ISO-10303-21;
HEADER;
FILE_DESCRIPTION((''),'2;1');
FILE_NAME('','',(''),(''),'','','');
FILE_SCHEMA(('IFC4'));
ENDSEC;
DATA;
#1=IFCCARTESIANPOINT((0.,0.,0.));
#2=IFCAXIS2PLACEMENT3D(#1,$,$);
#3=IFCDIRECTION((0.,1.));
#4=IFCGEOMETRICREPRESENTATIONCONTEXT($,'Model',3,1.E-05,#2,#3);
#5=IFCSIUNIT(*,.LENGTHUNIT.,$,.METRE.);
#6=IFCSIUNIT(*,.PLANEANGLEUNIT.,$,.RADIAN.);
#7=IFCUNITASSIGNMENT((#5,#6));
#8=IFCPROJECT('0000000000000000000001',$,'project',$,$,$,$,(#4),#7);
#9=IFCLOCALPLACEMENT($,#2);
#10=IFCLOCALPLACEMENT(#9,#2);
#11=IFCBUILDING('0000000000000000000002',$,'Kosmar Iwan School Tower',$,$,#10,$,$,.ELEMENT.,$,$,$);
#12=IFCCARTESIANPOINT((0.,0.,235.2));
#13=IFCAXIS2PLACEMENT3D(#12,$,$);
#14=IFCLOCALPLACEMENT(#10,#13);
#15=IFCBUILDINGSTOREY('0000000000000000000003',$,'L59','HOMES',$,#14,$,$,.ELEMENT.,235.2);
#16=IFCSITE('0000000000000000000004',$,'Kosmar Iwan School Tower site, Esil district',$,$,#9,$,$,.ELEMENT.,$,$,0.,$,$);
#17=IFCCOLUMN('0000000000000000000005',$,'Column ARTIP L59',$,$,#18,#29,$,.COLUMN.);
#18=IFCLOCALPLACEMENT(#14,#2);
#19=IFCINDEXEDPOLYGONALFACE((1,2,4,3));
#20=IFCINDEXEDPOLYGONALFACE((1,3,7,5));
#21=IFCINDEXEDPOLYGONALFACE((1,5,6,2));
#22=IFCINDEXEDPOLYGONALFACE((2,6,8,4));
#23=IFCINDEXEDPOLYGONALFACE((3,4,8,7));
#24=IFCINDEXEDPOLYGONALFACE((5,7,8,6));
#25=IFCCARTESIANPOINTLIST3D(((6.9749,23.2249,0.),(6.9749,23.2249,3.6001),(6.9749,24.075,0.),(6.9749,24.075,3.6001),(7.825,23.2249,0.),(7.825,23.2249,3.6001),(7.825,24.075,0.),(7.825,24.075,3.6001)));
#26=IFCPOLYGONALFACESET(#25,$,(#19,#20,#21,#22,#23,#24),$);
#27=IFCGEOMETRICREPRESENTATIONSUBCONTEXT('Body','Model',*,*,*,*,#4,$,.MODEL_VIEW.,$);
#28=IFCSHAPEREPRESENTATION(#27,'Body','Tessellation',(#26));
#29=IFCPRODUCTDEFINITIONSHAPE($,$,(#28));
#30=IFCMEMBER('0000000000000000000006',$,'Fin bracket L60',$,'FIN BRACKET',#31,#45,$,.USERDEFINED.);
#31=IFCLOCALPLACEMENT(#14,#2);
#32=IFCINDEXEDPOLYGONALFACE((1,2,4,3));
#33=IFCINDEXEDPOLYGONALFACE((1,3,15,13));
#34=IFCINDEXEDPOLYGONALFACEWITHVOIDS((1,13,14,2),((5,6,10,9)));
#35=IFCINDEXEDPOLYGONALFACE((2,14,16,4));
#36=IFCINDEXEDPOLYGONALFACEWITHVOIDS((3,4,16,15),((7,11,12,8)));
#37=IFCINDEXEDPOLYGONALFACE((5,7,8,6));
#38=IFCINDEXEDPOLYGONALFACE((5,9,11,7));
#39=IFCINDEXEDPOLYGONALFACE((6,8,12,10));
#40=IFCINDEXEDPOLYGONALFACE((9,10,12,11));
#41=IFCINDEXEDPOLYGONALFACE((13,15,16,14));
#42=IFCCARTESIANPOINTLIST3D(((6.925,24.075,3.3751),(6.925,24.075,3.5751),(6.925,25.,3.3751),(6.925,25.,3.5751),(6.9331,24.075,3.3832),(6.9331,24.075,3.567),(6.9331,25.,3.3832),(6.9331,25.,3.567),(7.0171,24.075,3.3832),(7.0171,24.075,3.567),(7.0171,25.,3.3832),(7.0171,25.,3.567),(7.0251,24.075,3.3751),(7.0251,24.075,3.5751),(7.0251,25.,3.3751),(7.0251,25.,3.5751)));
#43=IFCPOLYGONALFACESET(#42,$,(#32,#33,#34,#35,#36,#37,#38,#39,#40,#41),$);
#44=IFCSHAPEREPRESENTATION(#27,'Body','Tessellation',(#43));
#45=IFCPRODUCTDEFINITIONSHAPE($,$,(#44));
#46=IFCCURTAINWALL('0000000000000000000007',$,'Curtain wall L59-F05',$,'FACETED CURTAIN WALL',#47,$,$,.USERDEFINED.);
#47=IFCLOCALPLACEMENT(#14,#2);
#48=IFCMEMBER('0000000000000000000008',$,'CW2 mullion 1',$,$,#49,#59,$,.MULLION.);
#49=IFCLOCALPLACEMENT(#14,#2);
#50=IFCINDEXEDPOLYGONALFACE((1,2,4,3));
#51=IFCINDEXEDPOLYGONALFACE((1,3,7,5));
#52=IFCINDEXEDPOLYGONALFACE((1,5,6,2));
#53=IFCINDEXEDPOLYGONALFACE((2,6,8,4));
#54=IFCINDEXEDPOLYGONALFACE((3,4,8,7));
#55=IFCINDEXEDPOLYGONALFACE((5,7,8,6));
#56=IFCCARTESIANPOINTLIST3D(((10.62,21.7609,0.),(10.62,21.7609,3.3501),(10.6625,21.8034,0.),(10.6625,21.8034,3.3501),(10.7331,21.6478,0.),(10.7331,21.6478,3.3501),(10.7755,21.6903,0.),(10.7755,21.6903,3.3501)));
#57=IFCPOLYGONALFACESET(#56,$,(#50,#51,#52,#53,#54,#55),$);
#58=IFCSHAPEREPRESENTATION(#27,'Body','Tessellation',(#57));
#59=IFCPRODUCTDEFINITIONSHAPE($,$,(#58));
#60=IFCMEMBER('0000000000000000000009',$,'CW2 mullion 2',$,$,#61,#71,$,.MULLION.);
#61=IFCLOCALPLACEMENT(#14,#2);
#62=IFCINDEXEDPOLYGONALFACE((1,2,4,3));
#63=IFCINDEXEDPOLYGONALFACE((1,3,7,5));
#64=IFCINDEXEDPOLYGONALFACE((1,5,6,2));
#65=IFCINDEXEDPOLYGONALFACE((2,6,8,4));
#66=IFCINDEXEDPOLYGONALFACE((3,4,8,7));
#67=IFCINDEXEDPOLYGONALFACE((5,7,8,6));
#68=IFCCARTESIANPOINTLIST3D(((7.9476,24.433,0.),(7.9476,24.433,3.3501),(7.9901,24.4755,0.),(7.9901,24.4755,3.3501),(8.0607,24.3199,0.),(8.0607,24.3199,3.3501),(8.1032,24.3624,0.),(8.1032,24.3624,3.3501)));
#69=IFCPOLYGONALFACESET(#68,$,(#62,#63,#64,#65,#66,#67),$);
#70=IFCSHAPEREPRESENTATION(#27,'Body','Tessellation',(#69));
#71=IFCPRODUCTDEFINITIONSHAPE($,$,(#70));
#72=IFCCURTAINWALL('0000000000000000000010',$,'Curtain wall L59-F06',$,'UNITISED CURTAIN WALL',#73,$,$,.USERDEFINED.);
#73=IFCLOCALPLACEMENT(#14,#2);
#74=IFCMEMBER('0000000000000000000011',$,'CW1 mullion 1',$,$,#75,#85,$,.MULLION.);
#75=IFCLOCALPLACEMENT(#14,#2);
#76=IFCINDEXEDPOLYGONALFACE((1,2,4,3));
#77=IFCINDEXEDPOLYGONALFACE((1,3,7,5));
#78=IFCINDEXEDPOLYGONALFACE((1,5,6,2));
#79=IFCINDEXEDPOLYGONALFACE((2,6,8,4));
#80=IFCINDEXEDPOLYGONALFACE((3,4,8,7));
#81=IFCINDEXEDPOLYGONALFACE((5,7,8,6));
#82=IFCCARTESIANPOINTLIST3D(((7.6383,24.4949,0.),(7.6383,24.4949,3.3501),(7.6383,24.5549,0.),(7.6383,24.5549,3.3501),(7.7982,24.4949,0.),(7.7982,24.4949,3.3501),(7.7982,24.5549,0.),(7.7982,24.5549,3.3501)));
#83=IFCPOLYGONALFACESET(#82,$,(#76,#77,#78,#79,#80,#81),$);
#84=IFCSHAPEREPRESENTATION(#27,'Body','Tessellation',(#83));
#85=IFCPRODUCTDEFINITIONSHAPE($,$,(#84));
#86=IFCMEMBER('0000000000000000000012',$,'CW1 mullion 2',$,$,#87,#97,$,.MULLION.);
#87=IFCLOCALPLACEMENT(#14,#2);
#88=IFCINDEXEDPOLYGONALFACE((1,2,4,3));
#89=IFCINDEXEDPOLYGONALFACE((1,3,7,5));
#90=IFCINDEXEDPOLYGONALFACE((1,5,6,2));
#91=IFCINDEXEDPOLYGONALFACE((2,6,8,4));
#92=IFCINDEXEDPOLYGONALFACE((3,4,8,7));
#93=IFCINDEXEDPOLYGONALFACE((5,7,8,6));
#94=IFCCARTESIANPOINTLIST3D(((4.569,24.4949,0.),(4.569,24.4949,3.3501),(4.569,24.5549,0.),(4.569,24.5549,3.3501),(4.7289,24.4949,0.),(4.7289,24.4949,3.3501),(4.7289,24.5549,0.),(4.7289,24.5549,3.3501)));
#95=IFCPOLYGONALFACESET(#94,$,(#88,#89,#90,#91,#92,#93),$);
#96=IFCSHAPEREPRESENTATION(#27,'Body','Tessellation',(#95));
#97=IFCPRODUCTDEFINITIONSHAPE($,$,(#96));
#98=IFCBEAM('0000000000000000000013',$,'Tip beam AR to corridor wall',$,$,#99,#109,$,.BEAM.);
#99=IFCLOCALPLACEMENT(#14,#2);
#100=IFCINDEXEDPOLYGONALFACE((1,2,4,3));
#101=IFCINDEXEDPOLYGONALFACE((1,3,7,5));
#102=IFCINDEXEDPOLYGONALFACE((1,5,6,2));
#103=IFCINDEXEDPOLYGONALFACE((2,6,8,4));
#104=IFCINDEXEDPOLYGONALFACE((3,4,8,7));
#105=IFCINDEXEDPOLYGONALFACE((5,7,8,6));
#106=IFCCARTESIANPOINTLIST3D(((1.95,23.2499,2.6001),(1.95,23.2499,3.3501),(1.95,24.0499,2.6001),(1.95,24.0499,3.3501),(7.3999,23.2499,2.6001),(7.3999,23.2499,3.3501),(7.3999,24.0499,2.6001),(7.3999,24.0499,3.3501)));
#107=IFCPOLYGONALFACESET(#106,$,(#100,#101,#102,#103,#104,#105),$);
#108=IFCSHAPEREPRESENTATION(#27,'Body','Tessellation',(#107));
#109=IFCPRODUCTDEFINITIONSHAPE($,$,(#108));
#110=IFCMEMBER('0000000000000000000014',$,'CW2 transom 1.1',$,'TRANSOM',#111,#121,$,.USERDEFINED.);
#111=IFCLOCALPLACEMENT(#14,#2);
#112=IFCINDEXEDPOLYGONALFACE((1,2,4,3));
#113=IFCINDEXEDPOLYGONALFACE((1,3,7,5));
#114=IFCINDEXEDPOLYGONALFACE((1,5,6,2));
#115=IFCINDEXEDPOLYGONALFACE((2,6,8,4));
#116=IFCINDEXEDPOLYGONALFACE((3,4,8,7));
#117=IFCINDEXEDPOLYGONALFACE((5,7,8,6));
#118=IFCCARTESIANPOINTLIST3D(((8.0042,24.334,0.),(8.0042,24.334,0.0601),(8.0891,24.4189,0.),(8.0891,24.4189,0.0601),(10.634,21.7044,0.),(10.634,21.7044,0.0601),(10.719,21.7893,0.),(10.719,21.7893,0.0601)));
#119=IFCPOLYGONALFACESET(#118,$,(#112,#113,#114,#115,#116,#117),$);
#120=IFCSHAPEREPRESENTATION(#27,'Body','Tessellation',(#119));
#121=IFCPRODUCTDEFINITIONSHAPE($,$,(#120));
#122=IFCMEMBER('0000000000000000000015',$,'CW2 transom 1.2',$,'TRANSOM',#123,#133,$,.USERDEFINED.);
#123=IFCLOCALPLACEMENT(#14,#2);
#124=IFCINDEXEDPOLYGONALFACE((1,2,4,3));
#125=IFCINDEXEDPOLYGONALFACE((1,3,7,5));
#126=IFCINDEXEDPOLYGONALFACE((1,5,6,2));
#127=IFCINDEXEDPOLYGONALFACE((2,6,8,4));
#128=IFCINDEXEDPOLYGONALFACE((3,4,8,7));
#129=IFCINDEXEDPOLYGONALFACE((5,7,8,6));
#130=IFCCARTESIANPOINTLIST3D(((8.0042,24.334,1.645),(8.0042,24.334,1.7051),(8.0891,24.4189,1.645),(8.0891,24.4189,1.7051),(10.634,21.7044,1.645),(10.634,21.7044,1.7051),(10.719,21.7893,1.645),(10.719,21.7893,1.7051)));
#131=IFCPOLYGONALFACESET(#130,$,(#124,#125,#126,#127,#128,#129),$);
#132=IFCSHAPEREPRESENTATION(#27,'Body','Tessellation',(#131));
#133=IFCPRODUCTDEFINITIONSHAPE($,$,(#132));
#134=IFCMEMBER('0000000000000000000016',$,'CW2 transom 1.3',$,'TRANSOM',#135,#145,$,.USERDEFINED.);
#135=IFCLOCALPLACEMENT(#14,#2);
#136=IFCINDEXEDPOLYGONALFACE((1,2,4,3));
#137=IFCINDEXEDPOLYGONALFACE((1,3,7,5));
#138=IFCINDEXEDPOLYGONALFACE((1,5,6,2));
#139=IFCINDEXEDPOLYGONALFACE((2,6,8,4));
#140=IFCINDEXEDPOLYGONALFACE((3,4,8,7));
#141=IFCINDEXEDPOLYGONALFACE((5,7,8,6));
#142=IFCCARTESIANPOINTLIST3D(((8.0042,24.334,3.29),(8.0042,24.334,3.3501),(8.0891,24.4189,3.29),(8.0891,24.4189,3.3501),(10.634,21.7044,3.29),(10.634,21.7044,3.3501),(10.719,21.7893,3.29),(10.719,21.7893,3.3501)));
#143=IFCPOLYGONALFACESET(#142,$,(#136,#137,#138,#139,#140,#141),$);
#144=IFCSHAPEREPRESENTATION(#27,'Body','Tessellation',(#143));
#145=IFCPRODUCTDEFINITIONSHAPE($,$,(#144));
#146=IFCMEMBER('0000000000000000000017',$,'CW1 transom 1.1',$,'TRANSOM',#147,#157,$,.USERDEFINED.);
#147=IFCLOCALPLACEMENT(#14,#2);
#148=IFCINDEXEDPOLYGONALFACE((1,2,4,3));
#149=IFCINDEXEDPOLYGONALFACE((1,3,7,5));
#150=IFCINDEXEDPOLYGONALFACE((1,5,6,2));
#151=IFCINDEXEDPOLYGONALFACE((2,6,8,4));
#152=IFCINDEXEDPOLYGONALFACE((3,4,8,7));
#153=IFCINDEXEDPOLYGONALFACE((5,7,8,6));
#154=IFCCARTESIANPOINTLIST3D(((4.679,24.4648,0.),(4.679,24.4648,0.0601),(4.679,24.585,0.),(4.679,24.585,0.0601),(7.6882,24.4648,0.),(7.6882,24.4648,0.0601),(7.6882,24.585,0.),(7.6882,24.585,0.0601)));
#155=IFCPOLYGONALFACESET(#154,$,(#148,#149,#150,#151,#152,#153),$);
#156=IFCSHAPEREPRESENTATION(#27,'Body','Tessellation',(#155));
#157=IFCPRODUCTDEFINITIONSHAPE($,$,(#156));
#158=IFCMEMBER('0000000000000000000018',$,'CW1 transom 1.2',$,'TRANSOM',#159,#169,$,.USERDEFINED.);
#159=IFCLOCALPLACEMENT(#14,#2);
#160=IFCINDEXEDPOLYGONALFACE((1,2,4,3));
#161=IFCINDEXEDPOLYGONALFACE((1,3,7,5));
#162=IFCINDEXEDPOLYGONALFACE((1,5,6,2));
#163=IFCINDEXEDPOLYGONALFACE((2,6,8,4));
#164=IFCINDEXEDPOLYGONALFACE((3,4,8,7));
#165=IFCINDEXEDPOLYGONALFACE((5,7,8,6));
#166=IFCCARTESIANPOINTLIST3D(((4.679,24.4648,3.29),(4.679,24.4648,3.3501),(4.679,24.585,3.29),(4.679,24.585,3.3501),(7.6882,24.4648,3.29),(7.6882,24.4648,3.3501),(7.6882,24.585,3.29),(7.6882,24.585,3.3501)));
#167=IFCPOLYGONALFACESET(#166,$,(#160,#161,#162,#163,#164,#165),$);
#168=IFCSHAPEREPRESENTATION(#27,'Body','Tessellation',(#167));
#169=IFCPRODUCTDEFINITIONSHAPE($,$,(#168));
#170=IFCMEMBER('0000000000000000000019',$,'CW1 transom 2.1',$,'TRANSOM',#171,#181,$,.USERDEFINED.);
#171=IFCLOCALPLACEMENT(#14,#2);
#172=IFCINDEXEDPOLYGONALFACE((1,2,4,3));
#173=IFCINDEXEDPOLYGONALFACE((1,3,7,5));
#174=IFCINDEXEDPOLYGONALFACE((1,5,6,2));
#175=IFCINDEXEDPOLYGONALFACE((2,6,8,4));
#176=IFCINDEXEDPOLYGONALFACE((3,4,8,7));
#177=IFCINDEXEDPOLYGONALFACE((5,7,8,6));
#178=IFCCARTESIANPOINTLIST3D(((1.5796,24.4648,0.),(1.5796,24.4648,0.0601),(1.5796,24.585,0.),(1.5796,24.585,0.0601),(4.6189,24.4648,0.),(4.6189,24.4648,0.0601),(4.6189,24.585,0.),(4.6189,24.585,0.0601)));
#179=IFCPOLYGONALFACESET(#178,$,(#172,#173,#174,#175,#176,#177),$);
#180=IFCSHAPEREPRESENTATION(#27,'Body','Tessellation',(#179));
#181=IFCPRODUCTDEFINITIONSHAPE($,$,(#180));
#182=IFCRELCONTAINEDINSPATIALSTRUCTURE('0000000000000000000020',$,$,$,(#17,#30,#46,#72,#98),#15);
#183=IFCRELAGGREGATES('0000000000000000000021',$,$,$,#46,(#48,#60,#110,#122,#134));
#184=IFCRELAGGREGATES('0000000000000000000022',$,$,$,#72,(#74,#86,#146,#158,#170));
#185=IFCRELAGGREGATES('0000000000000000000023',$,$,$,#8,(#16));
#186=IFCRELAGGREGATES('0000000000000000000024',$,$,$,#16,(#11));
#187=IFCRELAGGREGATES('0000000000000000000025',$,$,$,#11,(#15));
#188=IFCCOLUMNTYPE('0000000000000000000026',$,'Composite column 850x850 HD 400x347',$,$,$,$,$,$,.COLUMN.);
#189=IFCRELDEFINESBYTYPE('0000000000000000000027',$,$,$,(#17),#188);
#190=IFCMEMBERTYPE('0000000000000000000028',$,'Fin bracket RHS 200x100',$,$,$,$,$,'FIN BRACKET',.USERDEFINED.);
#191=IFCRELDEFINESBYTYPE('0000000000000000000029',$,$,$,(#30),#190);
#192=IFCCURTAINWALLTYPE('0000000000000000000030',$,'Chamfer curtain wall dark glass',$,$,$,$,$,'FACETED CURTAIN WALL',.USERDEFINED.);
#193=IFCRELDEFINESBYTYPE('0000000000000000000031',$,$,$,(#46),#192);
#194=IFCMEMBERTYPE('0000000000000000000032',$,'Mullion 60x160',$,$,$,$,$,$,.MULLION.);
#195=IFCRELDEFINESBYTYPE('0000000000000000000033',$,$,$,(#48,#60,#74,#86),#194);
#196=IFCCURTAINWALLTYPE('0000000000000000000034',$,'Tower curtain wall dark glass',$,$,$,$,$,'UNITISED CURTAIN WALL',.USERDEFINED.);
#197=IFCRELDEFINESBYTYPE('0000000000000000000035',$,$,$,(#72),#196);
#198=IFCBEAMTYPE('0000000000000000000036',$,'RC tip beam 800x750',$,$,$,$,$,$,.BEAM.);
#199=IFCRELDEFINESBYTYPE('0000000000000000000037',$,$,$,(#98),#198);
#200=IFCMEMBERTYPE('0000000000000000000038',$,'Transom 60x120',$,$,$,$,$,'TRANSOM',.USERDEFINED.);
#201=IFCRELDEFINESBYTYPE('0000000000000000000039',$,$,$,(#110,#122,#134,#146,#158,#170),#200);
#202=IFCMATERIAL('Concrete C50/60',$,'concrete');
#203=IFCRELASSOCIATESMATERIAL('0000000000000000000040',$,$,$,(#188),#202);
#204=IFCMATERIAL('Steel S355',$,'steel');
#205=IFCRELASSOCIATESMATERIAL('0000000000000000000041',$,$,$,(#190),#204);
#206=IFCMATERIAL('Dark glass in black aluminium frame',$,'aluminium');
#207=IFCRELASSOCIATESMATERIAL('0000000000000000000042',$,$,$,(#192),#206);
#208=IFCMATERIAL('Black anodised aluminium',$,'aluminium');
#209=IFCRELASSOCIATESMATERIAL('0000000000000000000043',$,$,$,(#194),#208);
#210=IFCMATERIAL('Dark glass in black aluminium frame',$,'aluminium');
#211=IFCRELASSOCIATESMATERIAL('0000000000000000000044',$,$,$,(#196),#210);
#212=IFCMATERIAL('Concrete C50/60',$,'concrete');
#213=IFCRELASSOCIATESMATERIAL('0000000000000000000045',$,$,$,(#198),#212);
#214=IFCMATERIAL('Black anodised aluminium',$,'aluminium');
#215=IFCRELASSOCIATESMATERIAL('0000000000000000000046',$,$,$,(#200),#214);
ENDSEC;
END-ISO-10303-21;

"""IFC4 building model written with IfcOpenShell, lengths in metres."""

from ifc_helpers import new_model, si_unit, direction, frame, origin, origin_2d, place, context, subcontext, project, spatial, rectangle, hollow_rectangle, extrude, material, material_profile, profile_set, type_object, element, aggregate, save


model = new_model("IFC4")

# Units and contexts
model_context = context("Model", 3, precision=1e-05, world=origin(), true_north=direction((0.0, 1.0)))
body_context = subcontext(model_context, "Body", "Model", "MODEL_VIEW")
ifc_project = project(units=[si_unit("LENGTHUNIT", "METRE"), si_unit("PLANEANGLEUNIT", "RADIAN")], contexts=[model_context])

# Site, building, storey
site_placement = place(None, origin())
site = spatial("IfcSite", under=ifc_project, at=site_placement, Name="Kosmar Iwan School Tower site, Esil district", CompositionType="ELEMENT", RefElevation=0.0)
building_placement = place(site_placement, origin())
building = spatial("IfcBuilding", under=site, at=building_placement, Name="Kosmar Iwan School Tower", CompositionType="ELEMENT")
storey_placement = place(building_placement, frame((0.0, 0.0, 235.2)))
storey = spatial("IfcBuildingStorey", under=building, at=storey_placement, Name="L59", Description="HOMES", CompositionType="ELEMENT", Elevation=235.2)

# Column
ifc_material_1 = material(Name="Concrete C50/60", Category="concrete")
ifc_material_profile_1 = material_profile(ifc_material_1, rectangle(XDim=0.8501, YDim=0.8501, at=origin_2d()), Name="RC 850x850 + HD 400x347")
ifc_profile_set_1 = profile_set([ifc_material_profile_1], Name="Concrete C50/60")
column_type = type_object("IfcColumnType", Name="Composite column 850x850 HD 400x347", PredefinedType="COLUMN", material=ifc_profile_set_1)
column_placement = place(storey_placement, frame((7.3999, 23.6499, 0.0), z_axis=(0.0, 0.0, 1.0), x_axis=(0.0, 1.0, 0.0)))
element("IfcColumn", 1, at=column_placement, inside=storey, type_object=column_type, Name="Column ARTIP L59", PredefinedType="COLUMN", context=body_context, shape_type="SweptSolid", body=[
    extrude(rectangle(XDim=0.8501, YDim=0.8501, at=origin_2d()), origin(), (0.0, 0.0, 1.0), 3.6001),
])

# Member
ifc_material_2 = material(Name="Steel S355", Category="steel")
ifc_material_profile_2 = material_profile(ifc_material_2, hollow_rectangle(XDim=0.1001, YDim=0.2, WallThickness=0.0081, at=origin_2d()), Name="RHS 200x100x8")
ifc_profile_set_2 = profile_set([ifc_material_profile_2], Name="Steel S355")
member_type_1 = type_object("IfcMemberType", Name="Fin bracket RHS 200x100", ElementType="FIN BRACKET", PredefinedType="USERDEFINED", material=ifc_profile_set_2)
member_1_placement = place(storey_placement, frame((6.9751, 24.075, 3.4751), z_axis=(0.0, 1.0, 0.0), x_axis=(-1.0, 0.0, 0.0)))
element("IfcMember", 2, at=member_1_placement, inside=storey, type_object=member_type_1, Name="Fin bracket L60", ObjectType="FIN BRACKET", PredefinedType="USERDEFINED", context=body_context, shape_type="SweptSolid", body=[
    extrude(hollow_rectangle(XDim=0.1001, YDim=0.2, WallThickness=0.0081, at=origin_2d()), origin(), (0.0, 0.0, 1.0), 0.925),
])

# Curtain walls, members
ifc_material_3 = material(Name="Dark glass in black aluminium frame", Category="aluminium")
curtain_wall_type_1 = type_object("IfcCurtainWallType", Name="Chamfer curtain wall dark glass", ElementType="FACETED CURTAIN WALL", PredefinedType="USERDEFINED", material=ifc_material_3)
curtain_wall_1_placement = place(storey_placement, origin())
curtain_wall_1 = element("IfcCurtainWall", 3, at=curtain_wall_1_placement, inside=storey, type_object=curtain_wall_type_1, Name="Curtain wall L59-F05", ObjectType="FACETED CURTAIN WALL", PredefinedType="USERDEFINED")
ifc_material_4 = material(Name="Black anodised aluminium", Category="aluminium")
ifc_material_profile_3 = material_profile(ifc_material_4, rectangle(XDim=0.0601, YDim=0.1599, at=origin_2d()), Name="MULLION 60x160")
ifc_profile_set_3 = profile_set([ifc_material_profile_3], Name="Black anodised aluminium")
member_type_2 = type_object("IfcMemberType", Name="Mullion 60x160", PredefinedType="MULLION", material=ifc_profile_set_3)
member_2_placement = place(storey_placement, frame((10.6978, 21.7256, 0.0), z_axis=(0.0, 0.0, 1.0), x_axis=(-0.707107, -0.707107, 0.0)))
member_2 = element("IfcMember", 4, at=member_2_placement, type_object=member_type_2, Name="CW2 mullion 1", PredefinedType="MULLION", context=body_context, shape_type="SweptSolid", body=[
    extrude(rectangle(XDim=0.0601, YDim=0.1599, at=origin_2d()), origin(), (0.0, 0.0, 1.0), 3.3501),
])
member_3_placement = place(storey_placement, frame((8.0254, 24.3977, 0.0), z_axis=(0.0, 0.0, 1.0), x_axis=(-0.707107, -0.707107, 0.0)))
member_3 = element("IfcMember", 5, at=member_3_placement, type_object=member_type_2, Name="CW2 mullion 2", PredefinedType="MULLION", context=body_context, shape_type="SweptSolid", body=[
    extrude(rectangle(XDim=0.0601, YDim=0.1599, at=origin_2d()), origin(), (0.0, 0.0, 1.0), 3.3501),
])
ifc_material_5 = material(Name="Dark glass in black aluminium frame", Category="aluminium")
curtain_wall_type_2 = type_object("IfcCurtainWallType", Name="Tower curtain wall dark glass", ElementType="UNITISED CURTAIN WALL", PredefinedType="USERDEFINED", material=ifc_material_5)
curtain_wall_2_placement = place(storey_placement, origin())
curtain_wall_2 = element("IfcCurtainWall", 6, at=curtain_wall_2_placement, inside=storey, type_object=curtain_wall_type_2, Name="Curtain wall L59-F06", ObjectType="UNITISED CURTAIN WALL", PredefinedType="USERDEFINED")
member_4_placement = place(storey_placement, frame((7.7183, 24.5249, 0.0), z_axis=(0.0, 0.0, 1.0), x_axis=(0.0, -1.0, 0.0)))
member_4 = element("IfcMember", 7, at=member_4_placement, type_object=member_type_2, Name="CW1 mullion 1", PredefinedType="MULLION", context=body_context, shape_type="SweptSolid", body=[
    extrude(rectangle(XDim=0.0601, YDim=0.1599, at=origin_2d()), origin(), (0.0, 0.0, 1.0), 3.3501),
])
member_5_placement = place(storey_placement, frame((4.6489, 24.5249, 0.0), z_axis=(0.0, 0.0, 1.0), x_axis=(0.0, -1.0, 0.0)))
member_5 = element("IfcMember", 8, at=member_5_placement, type_object=member_type_2, Name="CW1 mullion 2", PredefinedType="MULLION", context=body_context, shape_type="SweptSolid", body=[
    extrude(rectangle(XDim=0.0601, YDim=0.1599, at=origin_2d()), origin(), (0.0, 0.0, 1.0), 3.3501),
])

# Beam
ifc_material_6 = material(Name="Concrete C50/60", Category="concrete")
ifc_material_profile_4 = material_profile(ifc_material_6, rectangle(XDim=0.8, YDim=0.75, at=origin_2d()), Name="RC 800x750")
ifc_profile_set_4 = profile_set([ifc_material_profile_4], Name="Concrete C50/60")
beam_type = type_object("IfcBeamType", Name="RC tip beam 800x750", PredefinedType="BEAM", material=ifc_profile_set_4)
beam_placement = place(storey_placement, frame((7.3999, 23.6499, 2.9751), z_axis=(-1.0, 0.0, 0.0), x_axis=(0.0, -1.0, 0.0)))
element("IfcBeam", 9, at=beam_placement, inside=storey, type_object=beam_type, Name="Tip beam AR to corridor wall", PredefinedType="BEAM", context=body_context, shape_type="SweptSolid", body=[
    extrude(rectangle(XDim=0.8, YDim=0.75, at=origin_2d()), origin(), (0.0, 0.0, 1.0), 5.45),
])

# Members
ifc_material_7 = material(Name="Black anodised aluminium", Category="aluminium")
ifc_material_profile_5 = material_profile(ifc_material_7, rectangle(XDim=0.1201, YDim=0.0601, at=origin_2d()), Name="TRANSOM 60x120")
ifc_profile_set_5 = profile_set([ifc_material_profile_5], Name="Black anodised aluminium")
member_type_3 = type_object("IfcMemberType", Name="Transom 60x120", ElementType="TRANSOM", PredefinedType="USERDEFINED", material=ifc_profile_set_5)
member_6_placement = place(storey_placement, frame((10.6765, 21.7468, 0.03), z_axis=(-0.70714, 0.707074, 0.0), x_axis=(-0.707074, -0.70714, 0.0)))
member_6 = element("IfcMember", 10, at=member_6_placement, type_object=member_type_3, Name="CW2 transom 1.1", ObjectType="TRANSOM", PredefinedType="USERDEFINED", context=body_context, shape_type="SweptSolid", body=[
    extrude(rectangle(XDim=0.1201, YDim=0.0601, at=origin_2d()), origin(), (0.0, 0.0, 1.0), 3.719),
])
member_7_placement = place(storey_placement, frame((10.6765, 21.7468, 1.675), z_axis=(-0.70714, 0.707074, 0.0), x_axis=(-0.707074, -0.70714, 0.0)))
member_7 = element("IfcMember", 11, at=member_7_placement, type_object=member_type_3, Name="CW2 transom 1.2", ObjectType="TRANSOM", PredefinedType="USERDEFINED", context=body_context, shape_type="SweptSolid", body=[
    extrude(rectangle(XDim=0.1201, YDim=0.0601, at=origin_2d()), origin(), (0.0, 0.0, 1.0), 3.719),
])
member_8_placement = place(storey_placement, frame((10.6765, 21.7468, 3.3201), z_axis=(-0.70714, 0.707074, 0.0), x_axis=(-0.707074, -0.70714, 0.0)))
member_8 = element("IfcMember", 12, at=member_8_placement, type_object=member_type_3, Name="CW2 transom 1.3", ObjectType="TRANSOM", PredefinedType="USERDEFINED", context=body_context, shape_type="SweptSolid", body=[
    extrude(rectangle(XDim=0.1201, YDim=0.0601, at=origin_2d()), origin(), (0.0, 0.0, 1.0), 3.719),
])
member_9_placement = place(storey_placement, frame((7.6882, 24.5249, 0.03), z_axis=(-1.0, 0.0, 0.0), x_axis=(0.0, -1.0, 0.0)))
member_9 = element("IfcMember", 13, at=member_9_placement, type_object=member_type_3, Name="CW1 transom 1.1", ObjectType="TRANSOM", PredefinedType="USERDEFINED", context=body_context, shape_type="SweptSolid", body=[
    extrude(rectangle(XDim=0.1201, YDim=0.0601, at=origin_2d()), origin(), (0.0, 0.0, 1.0), 3.0093),
])
member_10_placement = place(storey_placement, frame((7.6882, 24.5249, 3.3201), z_axis=(-1.0, 0.0, 0.0), x_axis=(0.0, -1.0, 0.0)))
member_10 = element("IfcMember", 14, at=member_10_placement, type_object=member_type_3, Name="CW1 transom 1.2", ObjectType="TRANSOM", PredefinedType="USERDEFINED", context=body_context, shape_type="SweptSolid", body=[
    extrude(rectangle(XDim=0.1201, YDim=0.0601, at=origin_2d()), origin(), (0.0, 0.0, 1.0), 3.0093),
])
member_11_placement = place(storey_placement, frame((4.6189, 24.5249, 0.03), z_axis=(-1.0, 0.0, 0.0), x_axis=(0.0, -1.0, 0.0)))
member_11 = element("IfcMember", 15, at=member_11_placement, type_object=member_type_3, Name="CW1 transom 2.1", ObjectType="TRANSOM", PredefinedType="USERDEFINED", context=body_context, shape_type="SweptSolid", body=[
    extrude(rectangle(XDim=0.1201, YDim=0.0601, at=origin_2d()), origin(), (0.0, 0.0, 1.0), 3.0393),
])

aggregate(curtain_wall_1, [member_2, member_3, member_6, member_7, member_8])
aggregate(curtain_wall_2, [member_4, member_5, member_9, member_10, member_11])

save(model, "model.ifc")
